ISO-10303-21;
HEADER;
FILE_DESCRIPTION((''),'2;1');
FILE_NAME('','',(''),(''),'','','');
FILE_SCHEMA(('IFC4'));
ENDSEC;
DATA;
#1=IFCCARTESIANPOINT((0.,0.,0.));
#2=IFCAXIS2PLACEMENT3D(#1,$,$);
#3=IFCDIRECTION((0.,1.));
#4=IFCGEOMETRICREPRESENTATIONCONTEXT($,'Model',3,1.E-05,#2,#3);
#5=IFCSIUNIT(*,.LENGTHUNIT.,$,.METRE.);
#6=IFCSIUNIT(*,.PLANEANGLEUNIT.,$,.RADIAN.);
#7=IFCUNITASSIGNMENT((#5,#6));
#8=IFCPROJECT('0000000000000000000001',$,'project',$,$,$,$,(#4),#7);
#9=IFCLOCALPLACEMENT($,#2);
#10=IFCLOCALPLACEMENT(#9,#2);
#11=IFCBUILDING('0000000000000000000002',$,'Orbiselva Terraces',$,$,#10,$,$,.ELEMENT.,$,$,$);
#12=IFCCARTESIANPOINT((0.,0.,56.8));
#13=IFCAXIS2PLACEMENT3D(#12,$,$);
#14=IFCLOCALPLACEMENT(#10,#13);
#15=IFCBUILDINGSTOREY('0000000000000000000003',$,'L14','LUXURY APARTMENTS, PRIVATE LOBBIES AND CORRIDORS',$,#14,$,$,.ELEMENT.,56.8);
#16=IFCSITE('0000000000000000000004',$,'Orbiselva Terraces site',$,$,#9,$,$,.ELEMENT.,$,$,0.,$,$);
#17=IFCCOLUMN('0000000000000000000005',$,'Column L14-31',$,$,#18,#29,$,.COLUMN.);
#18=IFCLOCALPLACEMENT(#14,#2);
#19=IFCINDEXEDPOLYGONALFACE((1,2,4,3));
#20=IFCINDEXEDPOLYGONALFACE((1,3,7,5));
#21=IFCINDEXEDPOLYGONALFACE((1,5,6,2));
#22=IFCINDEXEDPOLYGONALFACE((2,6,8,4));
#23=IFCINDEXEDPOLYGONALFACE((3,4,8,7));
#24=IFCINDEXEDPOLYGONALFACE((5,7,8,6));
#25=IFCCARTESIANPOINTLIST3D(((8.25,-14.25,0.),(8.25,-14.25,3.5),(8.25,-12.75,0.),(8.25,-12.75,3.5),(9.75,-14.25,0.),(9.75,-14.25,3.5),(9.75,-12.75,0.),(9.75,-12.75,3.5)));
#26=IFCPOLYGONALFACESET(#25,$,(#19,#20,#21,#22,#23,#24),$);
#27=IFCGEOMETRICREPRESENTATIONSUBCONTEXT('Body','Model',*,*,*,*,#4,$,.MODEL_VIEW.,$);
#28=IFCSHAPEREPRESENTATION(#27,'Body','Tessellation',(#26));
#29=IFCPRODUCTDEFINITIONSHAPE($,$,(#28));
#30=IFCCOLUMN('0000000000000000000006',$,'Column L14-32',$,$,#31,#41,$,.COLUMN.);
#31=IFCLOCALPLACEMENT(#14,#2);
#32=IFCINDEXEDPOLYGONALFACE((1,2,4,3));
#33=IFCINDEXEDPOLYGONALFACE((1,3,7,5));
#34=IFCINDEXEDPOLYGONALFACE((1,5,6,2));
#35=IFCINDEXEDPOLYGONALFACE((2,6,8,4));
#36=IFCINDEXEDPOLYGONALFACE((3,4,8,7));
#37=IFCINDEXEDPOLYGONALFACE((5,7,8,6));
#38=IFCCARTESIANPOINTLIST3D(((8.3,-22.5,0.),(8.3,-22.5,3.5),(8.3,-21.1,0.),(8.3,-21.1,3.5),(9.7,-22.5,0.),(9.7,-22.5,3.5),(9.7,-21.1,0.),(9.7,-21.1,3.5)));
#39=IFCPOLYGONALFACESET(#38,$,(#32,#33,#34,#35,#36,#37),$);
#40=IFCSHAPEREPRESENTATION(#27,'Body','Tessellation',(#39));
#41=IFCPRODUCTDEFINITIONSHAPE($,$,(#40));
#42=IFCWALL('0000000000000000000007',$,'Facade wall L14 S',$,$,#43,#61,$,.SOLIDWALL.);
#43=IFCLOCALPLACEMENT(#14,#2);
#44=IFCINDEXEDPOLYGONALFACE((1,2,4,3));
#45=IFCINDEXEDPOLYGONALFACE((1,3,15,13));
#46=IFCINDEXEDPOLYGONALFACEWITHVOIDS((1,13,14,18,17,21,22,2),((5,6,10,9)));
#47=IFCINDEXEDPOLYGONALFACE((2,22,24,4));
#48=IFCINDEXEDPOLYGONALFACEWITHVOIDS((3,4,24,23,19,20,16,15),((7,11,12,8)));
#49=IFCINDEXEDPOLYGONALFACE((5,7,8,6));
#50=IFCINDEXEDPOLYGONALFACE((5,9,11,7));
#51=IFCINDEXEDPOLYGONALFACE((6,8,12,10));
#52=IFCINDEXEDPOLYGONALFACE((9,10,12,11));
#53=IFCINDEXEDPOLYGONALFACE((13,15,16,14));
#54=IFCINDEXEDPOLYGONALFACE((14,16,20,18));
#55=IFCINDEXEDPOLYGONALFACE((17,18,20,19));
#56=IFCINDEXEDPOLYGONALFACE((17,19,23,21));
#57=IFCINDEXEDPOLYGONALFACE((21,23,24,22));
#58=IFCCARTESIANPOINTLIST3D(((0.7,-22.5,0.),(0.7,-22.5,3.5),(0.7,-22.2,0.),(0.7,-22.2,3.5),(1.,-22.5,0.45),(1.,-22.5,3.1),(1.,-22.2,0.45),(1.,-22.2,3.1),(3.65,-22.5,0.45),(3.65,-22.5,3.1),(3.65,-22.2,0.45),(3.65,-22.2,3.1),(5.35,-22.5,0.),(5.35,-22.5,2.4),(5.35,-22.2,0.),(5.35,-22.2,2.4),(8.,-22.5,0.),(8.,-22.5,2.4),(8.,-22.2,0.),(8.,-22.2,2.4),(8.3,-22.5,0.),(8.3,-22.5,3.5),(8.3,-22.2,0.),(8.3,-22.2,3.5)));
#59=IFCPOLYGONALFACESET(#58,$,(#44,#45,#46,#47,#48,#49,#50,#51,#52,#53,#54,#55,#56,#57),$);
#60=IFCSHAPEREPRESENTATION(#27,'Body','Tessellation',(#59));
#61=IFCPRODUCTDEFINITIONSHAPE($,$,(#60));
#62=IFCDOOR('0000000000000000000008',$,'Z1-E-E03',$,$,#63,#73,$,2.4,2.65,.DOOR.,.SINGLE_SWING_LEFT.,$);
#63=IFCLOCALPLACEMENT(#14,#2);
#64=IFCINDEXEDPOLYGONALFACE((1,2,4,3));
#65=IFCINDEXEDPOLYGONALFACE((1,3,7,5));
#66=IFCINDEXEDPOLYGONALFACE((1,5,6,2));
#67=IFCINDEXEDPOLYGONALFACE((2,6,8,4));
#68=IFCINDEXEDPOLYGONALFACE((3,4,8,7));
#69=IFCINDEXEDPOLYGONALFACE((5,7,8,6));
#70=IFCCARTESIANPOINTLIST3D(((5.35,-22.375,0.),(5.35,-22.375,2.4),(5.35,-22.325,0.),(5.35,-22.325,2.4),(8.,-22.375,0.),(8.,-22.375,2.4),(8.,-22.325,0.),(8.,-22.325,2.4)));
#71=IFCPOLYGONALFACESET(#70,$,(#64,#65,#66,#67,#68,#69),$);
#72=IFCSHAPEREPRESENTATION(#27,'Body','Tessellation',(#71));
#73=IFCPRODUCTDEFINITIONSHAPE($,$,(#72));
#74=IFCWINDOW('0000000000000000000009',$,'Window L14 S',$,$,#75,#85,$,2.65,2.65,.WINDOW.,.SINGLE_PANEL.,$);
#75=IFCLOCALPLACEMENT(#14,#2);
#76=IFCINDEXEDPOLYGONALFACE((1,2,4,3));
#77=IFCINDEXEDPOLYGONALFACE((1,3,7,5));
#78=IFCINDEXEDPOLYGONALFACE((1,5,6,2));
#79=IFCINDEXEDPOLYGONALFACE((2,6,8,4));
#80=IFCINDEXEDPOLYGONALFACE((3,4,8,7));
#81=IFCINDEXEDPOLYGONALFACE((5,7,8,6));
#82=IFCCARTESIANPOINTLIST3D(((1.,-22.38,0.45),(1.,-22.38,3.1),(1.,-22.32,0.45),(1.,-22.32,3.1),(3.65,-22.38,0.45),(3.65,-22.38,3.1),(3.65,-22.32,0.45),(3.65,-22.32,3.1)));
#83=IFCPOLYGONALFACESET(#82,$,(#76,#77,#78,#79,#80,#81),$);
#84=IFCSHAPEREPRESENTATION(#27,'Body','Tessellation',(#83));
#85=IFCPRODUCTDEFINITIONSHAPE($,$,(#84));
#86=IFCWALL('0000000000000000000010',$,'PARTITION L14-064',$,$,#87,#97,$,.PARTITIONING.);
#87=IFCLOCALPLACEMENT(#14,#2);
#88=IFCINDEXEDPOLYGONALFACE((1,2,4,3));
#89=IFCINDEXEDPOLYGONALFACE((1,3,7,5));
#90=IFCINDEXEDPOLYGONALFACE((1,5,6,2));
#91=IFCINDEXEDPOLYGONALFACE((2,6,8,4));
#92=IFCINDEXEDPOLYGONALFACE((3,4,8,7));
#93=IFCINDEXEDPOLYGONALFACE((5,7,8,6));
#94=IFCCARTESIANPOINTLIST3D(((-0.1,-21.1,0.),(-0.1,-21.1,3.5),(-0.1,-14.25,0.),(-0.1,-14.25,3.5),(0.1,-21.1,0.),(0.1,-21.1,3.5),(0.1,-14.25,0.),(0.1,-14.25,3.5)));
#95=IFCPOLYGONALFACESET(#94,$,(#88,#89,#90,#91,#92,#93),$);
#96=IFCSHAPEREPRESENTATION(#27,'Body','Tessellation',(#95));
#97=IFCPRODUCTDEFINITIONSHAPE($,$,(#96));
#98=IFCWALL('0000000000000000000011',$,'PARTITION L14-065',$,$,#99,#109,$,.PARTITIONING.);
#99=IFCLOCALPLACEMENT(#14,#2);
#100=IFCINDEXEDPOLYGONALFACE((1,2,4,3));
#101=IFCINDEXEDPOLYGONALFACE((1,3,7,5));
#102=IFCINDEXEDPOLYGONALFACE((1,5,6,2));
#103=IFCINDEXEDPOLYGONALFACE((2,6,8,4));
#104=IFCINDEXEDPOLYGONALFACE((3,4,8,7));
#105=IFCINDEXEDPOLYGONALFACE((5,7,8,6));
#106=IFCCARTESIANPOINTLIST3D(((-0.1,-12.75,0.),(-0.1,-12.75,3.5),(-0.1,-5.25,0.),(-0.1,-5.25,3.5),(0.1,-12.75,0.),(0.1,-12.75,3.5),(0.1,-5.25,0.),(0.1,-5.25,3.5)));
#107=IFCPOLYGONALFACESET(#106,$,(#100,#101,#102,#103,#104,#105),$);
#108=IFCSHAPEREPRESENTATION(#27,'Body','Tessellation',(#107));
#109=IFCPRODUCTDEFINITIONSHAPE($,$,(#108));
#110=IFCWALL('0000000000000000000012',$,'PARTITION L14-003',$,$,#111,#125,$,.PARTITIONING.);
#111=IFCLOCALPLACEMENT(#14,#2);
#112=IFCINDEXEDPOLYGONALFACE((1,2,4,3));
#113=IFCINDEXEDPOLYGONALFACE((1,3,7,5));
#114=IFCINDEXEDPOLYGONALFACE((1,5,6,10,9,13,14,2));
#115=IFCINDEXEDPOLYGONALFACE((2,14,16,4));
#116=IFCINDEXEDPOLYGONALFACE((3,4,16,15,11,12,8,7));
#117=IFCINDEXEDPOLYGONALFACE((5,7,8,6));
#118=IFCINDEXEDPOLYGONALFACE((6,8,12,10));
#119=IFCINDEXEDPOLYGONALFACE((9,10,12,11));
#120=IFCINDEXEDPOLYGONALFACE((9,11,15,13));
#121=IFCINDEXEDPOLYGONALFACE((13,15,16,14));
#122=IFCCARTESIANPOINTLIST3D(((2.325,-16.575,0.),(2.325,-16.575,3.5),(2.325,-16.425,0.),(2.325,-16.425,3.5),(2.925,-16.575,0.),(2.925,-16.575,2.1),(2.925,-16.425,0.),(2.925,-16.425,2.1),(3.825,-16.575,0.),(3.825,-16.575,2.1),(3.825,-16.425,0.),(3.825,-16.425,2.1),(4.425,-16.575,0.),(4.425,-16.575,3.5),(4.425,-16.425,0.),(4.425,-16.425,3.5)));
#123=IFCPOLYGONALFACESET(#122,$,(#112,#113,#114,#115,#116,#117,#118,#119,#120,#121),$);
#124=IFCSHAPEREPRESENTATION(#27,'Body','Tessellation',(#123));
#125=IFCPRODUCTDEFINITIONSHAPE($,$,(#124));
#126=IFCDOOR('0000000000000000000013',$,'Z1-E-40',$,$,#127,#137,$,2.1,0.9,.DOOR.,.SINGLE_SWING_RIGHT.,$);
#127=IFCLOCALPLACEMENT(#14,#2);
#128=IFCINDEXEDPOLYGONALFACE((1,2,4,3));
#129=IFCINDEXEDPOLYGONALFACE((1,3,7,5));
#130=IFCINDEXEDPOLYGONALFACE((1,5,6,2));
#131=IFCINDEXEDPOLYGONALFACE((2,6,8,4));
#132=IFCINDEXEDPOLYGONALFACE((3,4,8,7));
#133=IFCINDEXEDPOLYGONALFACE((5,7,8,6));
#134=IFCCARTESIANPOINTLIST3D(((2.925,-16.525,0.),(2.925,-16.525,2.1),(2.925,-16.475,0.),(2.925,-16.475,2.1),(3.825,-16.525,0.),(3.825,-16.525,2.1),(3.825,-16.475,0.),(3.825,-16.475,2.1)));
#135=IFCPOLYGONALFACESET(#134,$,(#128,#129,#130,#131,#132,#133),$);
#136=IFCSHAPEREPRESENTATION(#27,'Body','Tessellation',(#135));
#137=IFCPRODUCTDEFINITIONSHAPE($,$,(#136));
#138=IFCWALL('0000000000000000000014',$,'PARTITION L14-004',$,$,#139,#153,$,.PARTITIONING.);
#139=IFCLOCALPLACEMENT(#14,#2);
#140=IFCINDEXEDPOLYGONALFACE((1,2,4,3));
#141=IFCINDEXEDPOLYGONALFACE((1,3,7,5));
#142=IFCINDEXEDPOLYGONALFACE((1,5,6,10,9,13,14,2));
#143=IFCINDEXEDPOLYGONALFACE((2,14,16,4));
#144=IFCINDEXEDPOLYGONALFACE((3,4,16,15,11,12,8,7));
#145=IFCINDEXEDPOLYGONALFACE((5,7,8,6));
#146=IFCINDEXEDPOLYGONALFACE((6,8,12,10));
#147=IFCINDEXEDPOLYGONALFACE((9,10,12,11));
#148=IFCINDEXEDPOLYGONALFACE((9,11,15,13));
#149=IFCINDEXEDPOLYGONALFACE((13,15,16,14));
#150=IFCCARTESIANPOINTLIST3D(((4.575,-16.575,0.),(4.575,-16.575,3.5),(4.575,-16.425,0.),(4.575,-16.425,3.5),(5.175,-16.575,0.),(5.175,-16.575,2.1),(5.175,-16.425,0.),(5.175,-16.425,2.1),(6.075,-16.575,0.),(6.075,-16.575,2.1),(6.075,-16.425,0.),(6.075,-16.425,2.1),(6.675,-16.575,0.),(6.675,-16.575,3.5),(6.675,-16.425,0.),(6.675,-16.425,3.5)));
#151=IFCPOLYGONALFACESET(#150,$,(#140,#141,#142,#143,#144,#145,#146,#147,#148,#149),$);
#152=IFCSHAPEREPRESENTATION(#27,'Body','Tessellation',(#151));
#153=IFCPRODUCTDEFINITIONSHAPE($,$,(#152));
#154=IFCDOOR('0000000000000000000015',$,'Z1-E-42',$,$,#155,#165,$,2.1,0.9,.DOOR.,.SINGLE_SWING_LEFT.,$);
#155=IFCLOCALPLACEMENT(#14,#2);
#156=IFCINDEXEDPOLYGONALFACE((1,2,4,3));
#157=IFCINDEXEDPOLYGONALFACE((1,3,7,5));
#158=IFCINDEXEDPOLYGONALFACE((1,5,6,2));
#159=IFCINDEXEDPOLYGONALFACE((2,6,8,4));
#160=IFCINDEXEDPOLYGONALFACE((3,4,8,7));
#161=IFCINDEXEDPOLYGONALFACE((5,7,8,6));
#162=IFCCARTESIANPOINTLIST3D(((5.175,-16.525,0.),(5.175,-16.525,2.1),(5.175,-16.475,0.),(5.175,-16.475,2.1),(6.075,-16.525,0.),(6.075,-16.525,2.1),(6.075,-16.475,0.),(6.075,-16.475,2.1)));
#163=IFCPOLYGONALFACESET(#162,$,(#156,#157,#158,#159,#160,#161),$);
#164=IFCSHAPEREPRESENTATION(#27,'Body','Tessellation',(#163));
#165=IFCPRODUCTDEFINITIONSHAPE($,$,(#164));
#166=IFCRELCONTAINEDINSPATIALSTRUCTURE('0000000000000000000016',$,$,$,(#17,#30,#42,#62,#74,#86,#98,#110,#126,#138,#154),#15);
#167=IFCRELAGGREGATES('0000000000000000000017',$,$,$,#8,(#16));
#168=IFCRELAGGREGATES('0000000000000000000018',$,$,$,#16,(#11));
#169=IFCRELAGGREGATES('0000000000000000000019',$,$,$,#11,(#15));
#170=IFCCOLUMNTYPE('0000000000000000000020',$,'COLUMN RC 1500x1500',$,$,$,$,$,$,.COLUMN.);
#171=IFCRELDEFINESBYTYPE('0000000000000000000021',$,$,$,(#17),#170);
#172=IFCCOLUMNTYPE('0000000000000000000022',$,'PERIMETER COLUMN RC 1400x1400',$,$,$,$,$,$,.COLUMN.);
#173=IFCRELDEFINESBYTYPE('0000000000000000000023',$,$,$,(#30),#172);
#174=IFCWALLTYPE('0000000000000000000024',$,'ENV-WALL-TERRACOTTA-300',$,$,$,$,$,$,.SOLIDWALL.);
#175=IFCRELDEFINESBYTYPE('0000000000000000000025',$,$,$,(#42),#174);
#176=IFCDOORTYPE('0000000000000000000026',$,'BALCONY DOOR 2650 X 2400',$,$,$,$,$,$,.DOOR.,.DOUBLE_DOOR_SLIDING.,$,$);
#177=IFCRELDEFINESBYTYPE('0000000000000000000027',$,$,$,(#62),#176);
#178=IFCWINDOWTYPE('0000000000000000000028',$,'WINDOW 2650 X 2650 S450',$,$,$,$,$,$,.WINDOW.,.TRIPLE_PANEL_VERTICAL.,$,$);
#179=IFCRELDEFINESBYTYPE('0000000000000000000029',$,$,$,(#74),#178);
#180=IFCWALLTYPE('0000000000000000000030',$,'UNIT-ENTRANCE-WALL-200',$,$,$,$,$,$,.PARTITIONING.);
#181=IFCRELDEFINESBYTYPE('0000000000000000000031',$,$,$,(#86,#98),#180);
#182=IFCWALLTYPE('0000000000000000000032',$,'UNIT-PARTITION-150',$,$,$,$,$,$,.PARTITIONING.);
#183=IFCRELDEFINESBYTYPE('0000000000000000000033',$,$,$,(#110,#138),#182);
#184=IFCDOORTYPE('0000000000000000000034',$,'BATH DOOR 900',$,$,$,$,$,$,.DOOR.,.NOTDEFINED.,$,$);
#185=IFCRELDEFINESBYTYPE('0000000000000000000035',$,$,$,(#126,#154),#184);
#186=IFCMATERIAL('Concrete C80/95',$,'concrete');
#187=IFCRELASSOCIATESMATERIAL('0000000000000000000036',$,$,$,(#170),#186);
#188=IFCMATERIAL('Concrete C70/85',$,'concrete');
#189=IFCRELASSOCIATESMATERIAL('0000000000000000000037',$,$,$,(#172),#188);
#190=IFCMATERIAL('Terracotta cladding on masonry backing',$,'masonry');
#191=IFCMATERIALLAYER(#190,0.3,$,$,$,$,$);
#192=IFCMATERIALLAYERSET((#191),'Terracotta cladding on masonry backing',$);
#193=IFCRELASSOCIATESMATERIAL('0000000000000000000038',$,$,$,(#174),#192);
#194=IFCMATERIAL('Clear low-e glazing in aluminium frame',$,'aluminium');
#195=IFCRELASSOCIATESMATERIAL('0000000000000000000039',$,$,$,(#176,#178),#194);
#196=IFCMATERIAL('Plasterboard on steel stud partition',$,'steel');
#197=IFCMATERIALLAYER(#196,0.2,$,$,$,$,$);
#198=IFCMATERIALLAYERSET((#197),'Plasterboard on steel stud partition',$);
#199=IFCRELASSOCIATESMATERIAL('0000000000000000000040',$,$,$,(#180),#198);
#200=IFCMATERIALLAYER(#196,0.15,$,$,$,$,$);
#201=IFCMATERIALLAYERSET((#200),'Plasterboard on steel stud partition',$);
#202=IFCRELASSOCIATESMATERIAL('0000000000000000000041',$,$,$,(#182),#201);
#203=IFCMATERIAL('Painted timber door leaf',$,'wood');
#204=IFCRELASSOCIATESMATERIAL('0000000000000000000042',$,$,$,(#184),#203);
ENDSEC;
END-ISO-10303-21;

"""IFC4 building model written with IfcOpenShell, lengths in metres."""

from ifc_helpers import new_model, si_unit, direction, frame, frame_2d, origin, origin_2d, place, context, subcontext, project, spatial, rectangle, extrude, material, layer, layer_set, material_profile, profile_set, type_object, element, fill, save


model = new_model("IFC4")

# Units and contexts
model_context = context("Model", 3, precision=1e-05, world=origin(), true_north=direction((0.0, 1.0)))
body_context = subcontext(model_context, "Body", "Model", "MODEL_VIEW")
ifc_project = project(units=[si_unit("LENGTHUNIT", "METRE"), si_unit("PLANEANGLEUNIT", "RADIAN")], contexts=[model_context])

# Site, building, storey
site_placement = place(None, origin())
site = spatial("IfcSite", under=ifc_project, at=site_placement, Name="Orbiselva Terraces site", CompositionType="ELEMENT", RefElevation=0.0)
building_placement = place(site_placement, origin())
building = spatial("IfcBuilding", under=site, at=building_placement, Name="Orbiselva Terraces", CompositionType="ELEMENT")
storey_placement = place(building_placement, frame((0.0, 0.0, 56.8)))
storey = spatial("IfcBuildingStorey", under=building, at=storey_placement, Name="L14", Description="LUXURY APARTMENTS, PRIVATE LOBBIES AND CORRIDORS", CompositionType="ELEMENT", Elevation=56.8)

# Columns
ifc_material_1 = material(Name="Concrete C80/95", Category="concrete")
ifc_material_profile_1 = material_profile(ifc_material_1, rectangle(XDim=1.5, YDim=1.5, at=origin_2d()), Name="RC 1500x1500")
ifc_profile_set_1 = profile_set([ifc_material_profile_1], Name="Concrete C80/95")
column_type_1 = type_object("IfcColumnType", Name="COLUMN RC 1500x1500", PredefinedType="COLUMN", material=ifc_profile_set_1)
column_1_placement = place(storey_placement, frame((9.0, -13.5, 0.0), z_axis=(0.0, 0.0, 1.0), x_axis=(1.0, 0.0, 0.0)))
element("IfcColumn", 1, at=column_1_placement, inside=storey, type_object=column_type_1, Name="Column L14-31", PredefinedType="COLUMN", context=body_context, shape_type="SweptSolid", body=[
    extrude(rectangle(XDim=1.5, YDim=1.5, at=origin_2d()), origin(), (0.0, 0.0, 1.0), 3.5),
])
ifc_material_2 = material(Name="Concrete C70/85", Category="concrete")
ifc_material_profile_2 = material_profile(ifc_material_2, rectangle(XDim=1.4, YDim=1.4, at=origin_2d()), Name="RC 1400x1400")
ifc_profile_set_2 = profile_set([ifc_material_profile_2], Name="Concrete C70/85")
column_type_2 = type_object("IfcColumnType", Name="PERIMETER COLUMN RC 1400x1400", PredefinedType="COLUMN", material=ifc_profile_set_2)
column_2_placement = place(storey_placement, frame((9.0, -21.8, 0.0), z_axis=(0.0, 0.0, 1.0), x_axis=(1.0, 0.0, 0.0)))
element("IfcColumn", 2, at=column_2_placement, inside=storey, type_object=column_type_2, Name="Column L14-32", PredefinedType="COLUMN", context=body_context, shape_type="SweptSolid", body=[
    extrude(rectangle(XDim=1.4, YDim=1.4, at=origin_2d()), origin(), (0.0, 0.0, 1.0), 3.5),
])

# Wall, openings, door, window
ifc_material_3 = material(Name="Terracotta cladding on masonry backing", Category="masonry")
ifc_layer_1 = layer(ifc_material_3, 0.3)
ifc_layer_set_1 = layer_set([ifc_layer_1], Name="Terracotta cladding on masonry backing")
wall_type_1 = type_object("IfcWallType", Name="ENV-WALL-TERRACOTTA-300", PredefinedType="SOLIDWALL", material=ifc_layer_set_1)
wall_1_placement = place(storey_placement, frame((8.3, -22.35, 0.0), z_axis=(0.0, 0.0, 1.0), x_axis=(-1.0, 0.0, 0.0)))
wall_1 = element("IfcWall", 3, at=wall_1_placement, inside=storey, type_object=wall_type_1, Name="Facade wall L14 S", PredefinedType="SOLIDWALL", context=body_context, shape_type="SweptSolid", body=[
    extrude(rectangle(XDim=7.6, YDim=0.3, at=frame_2d((3.8, 0.0))), origin(), (0.0, 0.0, 1.0), 3.5),
])
opening_1_placement = place(wall_1_placement, frame((4.65, 0.0, 0.45)))
opening_1 = element("IfcOpeningElement", 4, at=opening_1_placement, cuts=wall_1, PredefinedType="OPENING", context=body_context, shape_type="SweptSolid", body=[
    extrude(rectangle(XDim=2.65, YDim=2.65, at=frame_2d((1.325, 1.325))), frame((0.0, 0.16, 0.0), z_axis=(0.0, -1.0, 0.0), x_axis=(1.0, 0.0, 0.0)), (0.0, 0.0, 1.0), 0.32),
])
opening_2_placement = place(wall_1_placement, frame((0.3, 0.0, 0.0)))
opening_2 = element("IfcOpeningElement", 5, at=opening_2_placement, cuts=wall_1, PredefinedType="OPENING", context=body_context, shape_type="SweptSolid", body=[
    extrude(rectangle(XDim=2.65, YDim=2.4, at=frame_2d((1.325, 1.2))), frame((0.0, 0.16, 0.0), z_axis=(0.0, -1.0, 0.0), x_axis=(1.0, 0.0, 0.0)), (0.0, 0.0, 1.0), 0.32),
])
ifc_material_4 = material(Name="Clear low-e glazing in aluminium frame", Category="aluminium")
door_type_1 = type_object("IfcDoorType", Name="BALCONY DOOR 2650 X 2400", OperationType="DOUBLE_DOOR_SLIDING", PredefinedType="DOOR", material=ifc_material_4)
door_1_placement = place(opening_2_placement, origin())
door_1 = element("IfcDoor", 6, at=door_1_placement, inside=storey, type_object=door_type_1, Name="Z1-E-E03", OperationType="SINGLE_SWING_LEFT", OverallHeight=2.4, OverallWidth=2.65, PredefinedType="DOOR", context=body_context, shape_type="SweptSolid", body=[
    extrude(rectangle(XDim=2.65, YDim=2.4, at=frame_2d((1.325, 1.2))), frame((0.0, 0.025, 0.0), z_axis=(0.0, -1.0, 0.0), x_axis=(1.0, 0.0, 0.0)), (0.0, 0.0, 1.0), 0.05),
])
fill(opening_2, door_1)
window_type = type_object("IfcWindowType", Name="WINDOW 2650 X 2650 S450", PartitioningType="TRIPLE_PANEL_VERTICAL", PredefinedType="WINDOW", material=ifc_material_4)
window_placement = place(opening_1_placement, origin())
window = element("IfcWindow", 7, at=window_placement, inside=storey, type_object=window_type, Name="Window L14 S", OverallHeight=2.65, OverallWidth=2.65, PartitioningType="SINGLE_PANEL", PredefinedType="WINDOW", context=body_context, shape_type="SweptSolid", body=[
    extrude(rectangle(XDim=2.65, YDim=2.65, at=frame_2d((1.325, 1.325))), frame((0.0, 0.03, 0.0), z_axis=(0.0, -1.0, 0.0), x_axis=(1.0, 0.0, 0.0)), (0.0, 0.0, 1.0), 0.06),
])
fill(opening_1, window)

# Walls
ifc_material_5 = material(Name="Plasterboard on steel stud partition", Category="steel")
ifc_layer_2 = layer(ifc_material_5, 0.2)
ifc_layer_set_2 = layer_set([ifc_layer_2], Name="Plasterboard on steel stud partition")
wall_type_2 = type_object("IfcWallType", Name="UNIT-ENTRANCE-WALL-200", PredefinedType="PARTITIONING", material=ifc_layer_set_2)
wall_2_placement = place(storey_placement, frame((0.0, -21.1, 0.0), z_axis=(0.0, 0.0, 1.0), x_axis=(0.0, 1.0, 0.0)))
element("IfcWall", 8, at=wall_2_placement, inside=storey, type_object=wall_type_2, Name="PARTITION L14-064", PredefinedType="PARTITIONING", context=body_context, shape_type="SweptSolid", body=[
    extrude(rectangle(XDim=6.85, YDim=0.2, at=frame_2d((3.425, 0.0))), origin(), (0.0, 0.0, 1.0), 3.5),
])
wall_3_placement = place(storey_placement, frame((0.0, -12.75, 0.0), z_axis=(0.0, 0.0, 1.0), x_axis=(0.0, 1.0, 0.0)))
element("IfcWall", 9, at=wall_3_placement, inside=storey, type_object=wall_type_2, Name="PARTITION L14-065", PredefinedType="PARTITIONING", context=body_context, shape_type="SweptSolid", body=[
    extrude(rectangle(XDim=7.5, YDim=0.2, at=frame_2d((3.75, 0.0))), origin(), (0.0, 0.0, 1.0), 3.5),
])

# Walls, openings, doors
ifc_layer_3 = layer(ifc_material_5, 0.15)
ifc_layer_set_3 = layer_set([ifc_layer_3], Name="Plasterboard on steel stud partition")
wall_type_3 = type_object("IfcWallType", Name="UNIT-PARTITION-150", PredefinedType="PARTITIONING", material=ifc_layer_set_3)
wall_4_placement = place(storey_placement, frame((2.325, -16.5, 0.0), z_axis=(0.0, 0.0, 1.0), x_axis=(1.0, 0.0, 0.0)))
wall_4 = element("IfcWall", 10, at=wall_4_placement, inside=storey, type_object=wall_type_3, Name="PARTITION L14-003", PredefinedType="PARTITIONING", context=body_context, shape_type="SweptSolid", body=[
    extrude(rectangle(XDim=2.1, YDim=0.15, at=frame_2d((1.05, 0.0))), origin(), (0.0, 0.0, 1.0), 3.5),
])
opening_3_placement = place(wall_4_placement, frame((0.6, 0.0, 0.0)))
opening_3 = element("IfcOpeningElement", 11, at=opening_3_placement, cuts=wall_4, PredefinedType="OPENING", context=body_context, shape_type="SweptSolid", body=[
    extrude(rectangle(XDim=0.9, YDim=2.1, at=frame_2d((0.45, 1.05))), frame((0.0, 0.085, 0.0), z_axis=(0.0, -1.0, 0.0), x_axis=(1.0, 0.0, 0.0)), (0.0, 0.0, 1.0), 0.17),
])
ifc_material_6 = material(Name="Painted timber door leaf", Category="wood")
door_type_2 = type_object("IfcDoorType", Name="BATH DOOR 900", OperationType="NOTDEFINED", PredefinedType="DOOR", material=ifc_material_6)
door_2_placement = place(opening_3_placement, origin())
door_2 = element("IfcDoor", 12, at=door_2_placement, inside=storey, type_object=door_type_2, Name="Z1-E-40", OperationType="SINGLE_SWING_RIGHT", OverallHeight=2.1, OverallWidth=0.9, PredefinedType="DOOR", context=body_context, shape_type="SweptSolid", body=[
    extrude(rectangle(XDim=0.9, YDim=2.1, at=frame_2d((0.45, 1.05))), frame((0.0, 0.025, 0.0), z_axis=(0.0, -1.0, 0.0), x_axis=(1.0, 0.0, 0.0)), (0.0, 0.0, 1.0), 0.05),
])
fill(opening_3, door_2)
wall_5_placement = place(storey_placement, frame((4.575, -16.5, 0.0), z_axis=(0.0, 0.0, 1.0), x_axis=(1.0, 0.0, 0.0)))
wall_5 = element("IfcWall", 13, at=wall_5_placement, inside=storey, type_object=wall_type_3, Name="PARTITION L14-004", PredefinedType="PARTITIONING", context=body_context, shape_type="SweptSolid", body=[
    extrude(rectangle(XDim=2.1, YDim=0.15, at=frame_2d((1.05, 0.0))), origin(), (0.0, 0.0, 1.0), 3.5),
])
opening_4_placement = place(wall_5_placement, frame((0.6, 0.0, 0.0)))
opening_4 = element("IfcOpeningElement", 14, at=opening_4_placement, cuts=wall_5, PredefinedType="OPENING", context=body_context, shape_type="SweptSolid", body=[
    extrude(rectangle(XDim=0.9, YDim=2.1, at=frame_2d((0.45, 1.05))), frame((0.0, 0.085, 0.0), z_axis=(0.0, -1.0, 0.0), x_axis=(1.0, 0.0, 0.0)), (0.0, 0.0, 1.0), 0.17),
])
door_3_placement = place(opening_4_placement, origin())
door_3 = element("IfcDoor", 15, at=door_3_placement, inside=storey, type_object=door_type_2, Name="Z1-E-42", OperationType="SINGLE_SWING_LEFT", OverallHeight=2.1, OverallWidth=0.9, PredefinedType="DOOR", context=body_context, shape_type="SweptSolid", body=[
    extrude(rectangle(XDim=0.9, YDim=2.1, at=frame_2d((0.45, 1.05))), frame((0.0, 0.025, 0.0), z_axis=(0.0, -1.0, 0.0), x_axis=(1.0, 0.0, 0.0)), (0.0, 0.0, 1.0), 0.05),
])
fill(opening_4, door_3)

save(model, "model.ifc")
